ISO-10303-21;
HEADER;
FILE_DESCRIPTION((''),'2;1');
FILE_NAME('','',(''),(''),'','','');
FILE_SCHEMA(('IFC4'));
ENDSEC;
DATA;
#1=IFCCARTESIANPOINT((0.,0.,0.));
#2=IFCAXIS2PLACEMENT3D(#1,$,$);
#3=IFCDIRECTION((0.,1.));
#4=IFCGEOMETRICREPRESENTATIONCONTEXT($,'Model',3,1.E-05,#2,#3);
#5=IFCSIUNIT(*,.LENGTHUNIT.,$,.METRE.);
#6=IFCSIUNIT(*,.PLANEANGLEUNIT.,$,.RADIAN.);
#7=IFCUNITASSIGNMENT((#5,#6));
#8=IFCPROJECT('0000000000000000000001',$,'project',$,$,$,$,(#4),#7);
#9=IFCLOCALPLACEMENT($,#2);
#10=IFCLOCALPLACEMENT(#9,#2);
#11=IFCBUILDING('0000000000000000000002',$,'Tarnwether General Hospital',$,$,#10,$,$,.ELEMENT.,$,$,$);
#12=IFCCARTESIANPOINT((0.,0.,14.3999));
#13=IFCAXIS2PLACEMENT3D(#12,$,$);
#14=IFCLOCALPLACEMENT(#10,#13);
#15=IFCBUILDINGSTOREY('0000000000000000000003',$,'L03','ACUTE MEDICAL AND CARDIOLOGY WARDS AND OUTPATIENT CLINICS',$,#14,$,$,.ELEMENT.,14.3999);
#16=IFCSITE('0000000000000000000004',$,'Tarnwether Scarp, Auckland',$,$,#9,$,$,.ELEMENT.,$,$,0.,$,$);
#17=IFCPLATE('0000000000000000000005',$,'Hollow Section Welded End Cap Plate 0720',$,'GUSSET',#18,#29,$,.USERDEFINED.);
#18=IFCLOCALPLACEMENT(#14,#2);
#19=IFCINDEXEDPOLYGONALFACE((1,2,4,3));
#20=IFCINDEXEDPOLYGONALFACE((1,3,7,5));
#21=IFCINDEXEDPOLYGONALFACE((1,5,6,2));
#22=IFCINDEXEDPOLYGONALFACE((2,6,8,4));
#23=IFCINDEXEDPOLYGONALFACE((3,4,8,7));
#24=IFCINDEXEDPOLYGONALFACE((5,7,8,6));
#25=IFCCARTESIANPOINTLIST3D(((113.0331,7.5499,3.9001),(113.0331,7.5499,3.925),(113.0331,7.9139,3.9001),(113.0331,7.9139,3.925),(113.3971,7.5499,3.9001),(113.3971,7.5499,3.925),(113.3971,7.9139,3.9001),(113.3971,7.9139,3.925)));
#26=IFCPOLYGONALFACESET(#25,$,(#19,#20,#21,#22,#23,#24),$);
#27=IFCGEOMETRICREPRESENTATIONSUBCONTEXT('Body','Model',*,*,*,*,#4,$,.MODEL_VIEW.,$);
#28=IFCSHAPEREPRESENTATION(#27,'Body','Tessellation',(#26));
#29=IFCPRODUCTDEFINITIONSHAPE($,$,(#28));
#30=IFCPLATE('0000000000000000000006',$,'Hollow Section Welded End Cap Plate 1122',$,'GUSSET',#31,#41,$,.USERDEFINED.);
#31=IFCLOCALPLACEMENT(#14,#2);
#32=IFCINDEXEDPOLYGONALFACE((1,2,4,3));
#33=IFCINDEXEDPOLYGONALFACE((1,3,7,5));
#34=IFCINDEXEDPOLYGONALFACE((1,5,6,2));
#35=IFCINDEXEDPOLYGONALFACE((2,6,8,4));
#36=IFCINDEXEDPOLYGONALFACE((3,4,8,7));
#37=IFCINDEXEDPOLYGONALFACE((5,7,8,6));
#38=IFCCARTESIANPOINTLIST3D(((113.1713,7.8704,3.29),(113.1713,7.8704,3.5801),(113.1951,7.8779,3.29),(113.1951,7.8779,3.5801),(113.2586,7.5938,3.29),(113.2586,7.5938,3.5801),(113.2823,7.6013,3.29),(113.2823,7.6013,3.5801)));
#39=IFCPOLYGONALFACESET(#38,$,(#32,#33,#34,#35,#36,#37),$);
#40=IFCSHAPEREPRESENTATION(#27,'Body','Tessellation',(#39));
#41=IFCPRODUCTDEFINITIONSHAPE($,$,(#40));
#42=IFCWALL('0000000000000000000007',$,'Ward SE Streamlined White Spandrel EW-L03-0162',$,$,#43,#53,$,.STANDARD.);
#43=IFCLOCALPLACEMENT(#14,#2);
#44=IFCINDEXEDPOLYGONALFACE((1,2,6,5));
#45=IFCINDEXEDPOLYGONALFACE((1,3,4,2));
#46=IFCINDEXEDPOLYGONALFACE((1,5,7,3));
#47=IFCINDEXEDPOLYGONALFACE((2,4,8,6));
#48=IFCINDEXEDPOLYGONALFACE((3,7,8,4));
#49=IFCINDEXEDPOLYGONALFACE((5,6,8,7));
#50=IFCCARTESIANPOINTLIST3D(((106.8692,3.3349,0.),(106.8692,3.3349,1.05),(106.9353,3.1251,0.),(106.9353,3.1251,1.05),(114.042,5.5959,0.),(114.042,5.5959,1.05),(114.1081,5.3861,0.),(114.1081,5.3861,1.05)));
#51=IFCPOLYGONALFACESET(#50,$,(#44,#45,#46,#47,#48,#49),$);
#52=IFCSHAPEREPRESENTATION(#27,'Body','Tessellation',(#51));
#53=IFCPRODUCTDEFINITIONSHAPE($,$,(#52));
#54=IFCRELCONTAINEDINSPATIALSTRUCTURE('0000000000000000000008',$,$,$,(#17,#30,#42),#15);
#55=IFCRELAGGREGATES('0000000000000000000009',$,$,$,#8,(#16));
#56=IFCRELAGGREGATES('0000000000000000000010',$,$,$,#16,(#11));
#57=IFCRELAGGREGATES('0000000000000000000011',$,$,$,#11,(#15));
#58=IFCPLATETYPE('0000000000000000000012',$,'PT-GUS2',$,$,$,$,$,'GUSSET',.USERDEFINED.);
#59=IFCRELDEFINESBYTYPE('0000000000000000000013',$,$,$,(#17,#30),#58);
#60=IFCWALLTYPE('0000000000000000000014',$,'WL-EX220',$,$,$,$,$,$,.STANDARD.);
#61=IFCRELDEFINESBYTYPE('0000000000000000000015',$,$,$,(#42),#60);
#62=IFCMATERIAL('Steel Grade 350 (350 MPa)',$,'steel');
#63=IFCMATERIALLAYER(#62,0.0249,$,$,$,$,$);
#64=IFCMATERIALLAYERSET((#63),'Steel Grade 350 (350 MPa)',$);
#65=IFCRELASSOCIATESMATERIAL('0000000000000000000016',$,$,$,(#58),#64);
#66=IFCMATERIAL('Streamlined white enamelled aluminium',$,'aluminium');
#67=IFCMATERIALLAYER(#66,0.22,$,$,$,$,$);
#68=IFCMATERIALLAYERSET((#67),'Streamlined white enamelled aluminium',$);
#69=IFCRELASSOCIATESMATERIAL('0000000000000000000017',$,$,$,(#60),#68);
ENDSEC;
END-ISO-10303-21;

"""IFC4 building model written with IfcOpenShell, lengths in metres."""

from ifc_helpers import new_model, si_unit, direction, frame, frame_2d, origin, origin_2d, place, context, subcontext, project, spatial, rectangle, extrude, material, layer, layer_set, type_object, element, save


model = new_model("IFC4")

# Units and contexts
model_context = context("Model", 3, precision=1e-05, world=origin(), true_north=direction((0.0, 1.0)))
body_context = subcontext(model_context, "Body", "Model", "MODEL_VIEW")
ifc_project = project(units=[si_unit("LENGTHUNIT", "METRE"), si_unit("PLANEANGLEUNIT", "RADIAN")], contexts=[model_context])

# Site, building, storey
site_placement = place(None, origin())
site = spatial("IfcSite", under=ifc_project, at=site_placement, Name="Tarnwether Scarp, Auckland", CompositionType="ELEMENT", RefElevation=0.0)
building_placement = place(site_placement, origin())
building = spatial("IfcBuilding", under=site, at=building_placement, Name="Tarnwether General Hospital", CompositionType="ELEMENT")
storey_placement = place(building_placement, frame((0.0, 0.0, 14.3999)))
storey = spatial("IfcBuildingStorey", under=building, at=storey_placement, Name="L03", Description="ACUTE MEDICAL AND CARDIOLOGY WARDS AND OUTPATIENT CLINICS", CompositionType="ELEMENT", Elevation=14.3999)

# Plates
ifc_material_1 = material(Name="Steel Grade 350 (350 MPa)", Category="steel")
ifc_layer_1 = layer(ifc_material_1, 0.0249)
ifc_layer_set_1 = layer_set([ifc_layer_1], Name="Steel Grade 350 (350 MPa)")
plate_type_1 = type_object("IfcPlateType", Name="PT-GUS2", ElementType="GUSSET", PredefinedType="USERDEFINED", material=ifc_layer_set_1)
for number, where, z_axis, x_axis, name in (
    (1, (113.2151, 7.7319, 3.9001), (0.0, 0.0, 1.0), (1.0, 0.0, 0.0), "Hollow Section Welded End Cap Plate 0720"),
):
    element("IfcPlate", number, at=place(storey_placement, frame(where, z_axis=z_axis, x_axis=x_axis)), inside=storey, type_object=plate_type_1, Name=name, ObjectType="GUSSET", PredefinedType="USERDEFINED", context=body_context, shape_type="SweptSolid", body=[
        extrude(rectangle(XDim=0.364, YDim=0.364, at=origin_2d()), origin(), (0.0, 0.0, 1.0), 0.0249),
    ])
plate_1_placement = place(storey_placement, frame((113.2268, 7.7358, 3.29), z_axis=(0.0, 0.0, 1.0), x_axis=(0.953691, 0.300789, 0.0)))
element("IfcPlate", 2, at=plate_1_placement, inside=storey, type_object=plate_type_1, Name="Hollow Section Welded End Cap Plate 1122", ObjectType="GUSSET", PredefinedType="USERDEFINED", context=body_context, shape_type="SweptSolid", body=[
    extrude(rectangle(XDim=0.0249, YDim=0.29, at=origin_2d()), origin(), (0.0, 0.0, 1.0), 0.29),
])

# Wall
ifc_material_2 = material(Name="Streamlined white enamelled aluminium", Category="aluminium")
ifc_layer_2 = layer(ifc_material_2, 0.22)
ifc_layer_set_2 = layer_set([ifc_layer_2], Name="Streamlined white enamelled aluminium")
wall_type = type_object("IfcWallType", Name="WL-EX220", PredefinedType="STANDARD", material=ifc_layer_set_2)
wall_placement = place(storey_placement, frame((114.075, 5.491, 0.0), z_axis=(0.0, 0.0, 1.0), x_axis=(-0.95374, -0.300633, 0.0)))
element("IfcWall", 3, at=wall_placement, inside=storey, type_object=wall_type, Name="Ward SE Streamlined White Spandrel EW-L03-0162", PredefinedType="STANDARD", context=body_context, shape_type="SweptSolid", body=[
    extrude(rectangle(XDim=7.5208, YDim=0.22, at=frame_2d((3.7603, 0.0))), origin(), (0.0, 0.0, 1.0), 1.05),
])

save(model, "model.ifc")
